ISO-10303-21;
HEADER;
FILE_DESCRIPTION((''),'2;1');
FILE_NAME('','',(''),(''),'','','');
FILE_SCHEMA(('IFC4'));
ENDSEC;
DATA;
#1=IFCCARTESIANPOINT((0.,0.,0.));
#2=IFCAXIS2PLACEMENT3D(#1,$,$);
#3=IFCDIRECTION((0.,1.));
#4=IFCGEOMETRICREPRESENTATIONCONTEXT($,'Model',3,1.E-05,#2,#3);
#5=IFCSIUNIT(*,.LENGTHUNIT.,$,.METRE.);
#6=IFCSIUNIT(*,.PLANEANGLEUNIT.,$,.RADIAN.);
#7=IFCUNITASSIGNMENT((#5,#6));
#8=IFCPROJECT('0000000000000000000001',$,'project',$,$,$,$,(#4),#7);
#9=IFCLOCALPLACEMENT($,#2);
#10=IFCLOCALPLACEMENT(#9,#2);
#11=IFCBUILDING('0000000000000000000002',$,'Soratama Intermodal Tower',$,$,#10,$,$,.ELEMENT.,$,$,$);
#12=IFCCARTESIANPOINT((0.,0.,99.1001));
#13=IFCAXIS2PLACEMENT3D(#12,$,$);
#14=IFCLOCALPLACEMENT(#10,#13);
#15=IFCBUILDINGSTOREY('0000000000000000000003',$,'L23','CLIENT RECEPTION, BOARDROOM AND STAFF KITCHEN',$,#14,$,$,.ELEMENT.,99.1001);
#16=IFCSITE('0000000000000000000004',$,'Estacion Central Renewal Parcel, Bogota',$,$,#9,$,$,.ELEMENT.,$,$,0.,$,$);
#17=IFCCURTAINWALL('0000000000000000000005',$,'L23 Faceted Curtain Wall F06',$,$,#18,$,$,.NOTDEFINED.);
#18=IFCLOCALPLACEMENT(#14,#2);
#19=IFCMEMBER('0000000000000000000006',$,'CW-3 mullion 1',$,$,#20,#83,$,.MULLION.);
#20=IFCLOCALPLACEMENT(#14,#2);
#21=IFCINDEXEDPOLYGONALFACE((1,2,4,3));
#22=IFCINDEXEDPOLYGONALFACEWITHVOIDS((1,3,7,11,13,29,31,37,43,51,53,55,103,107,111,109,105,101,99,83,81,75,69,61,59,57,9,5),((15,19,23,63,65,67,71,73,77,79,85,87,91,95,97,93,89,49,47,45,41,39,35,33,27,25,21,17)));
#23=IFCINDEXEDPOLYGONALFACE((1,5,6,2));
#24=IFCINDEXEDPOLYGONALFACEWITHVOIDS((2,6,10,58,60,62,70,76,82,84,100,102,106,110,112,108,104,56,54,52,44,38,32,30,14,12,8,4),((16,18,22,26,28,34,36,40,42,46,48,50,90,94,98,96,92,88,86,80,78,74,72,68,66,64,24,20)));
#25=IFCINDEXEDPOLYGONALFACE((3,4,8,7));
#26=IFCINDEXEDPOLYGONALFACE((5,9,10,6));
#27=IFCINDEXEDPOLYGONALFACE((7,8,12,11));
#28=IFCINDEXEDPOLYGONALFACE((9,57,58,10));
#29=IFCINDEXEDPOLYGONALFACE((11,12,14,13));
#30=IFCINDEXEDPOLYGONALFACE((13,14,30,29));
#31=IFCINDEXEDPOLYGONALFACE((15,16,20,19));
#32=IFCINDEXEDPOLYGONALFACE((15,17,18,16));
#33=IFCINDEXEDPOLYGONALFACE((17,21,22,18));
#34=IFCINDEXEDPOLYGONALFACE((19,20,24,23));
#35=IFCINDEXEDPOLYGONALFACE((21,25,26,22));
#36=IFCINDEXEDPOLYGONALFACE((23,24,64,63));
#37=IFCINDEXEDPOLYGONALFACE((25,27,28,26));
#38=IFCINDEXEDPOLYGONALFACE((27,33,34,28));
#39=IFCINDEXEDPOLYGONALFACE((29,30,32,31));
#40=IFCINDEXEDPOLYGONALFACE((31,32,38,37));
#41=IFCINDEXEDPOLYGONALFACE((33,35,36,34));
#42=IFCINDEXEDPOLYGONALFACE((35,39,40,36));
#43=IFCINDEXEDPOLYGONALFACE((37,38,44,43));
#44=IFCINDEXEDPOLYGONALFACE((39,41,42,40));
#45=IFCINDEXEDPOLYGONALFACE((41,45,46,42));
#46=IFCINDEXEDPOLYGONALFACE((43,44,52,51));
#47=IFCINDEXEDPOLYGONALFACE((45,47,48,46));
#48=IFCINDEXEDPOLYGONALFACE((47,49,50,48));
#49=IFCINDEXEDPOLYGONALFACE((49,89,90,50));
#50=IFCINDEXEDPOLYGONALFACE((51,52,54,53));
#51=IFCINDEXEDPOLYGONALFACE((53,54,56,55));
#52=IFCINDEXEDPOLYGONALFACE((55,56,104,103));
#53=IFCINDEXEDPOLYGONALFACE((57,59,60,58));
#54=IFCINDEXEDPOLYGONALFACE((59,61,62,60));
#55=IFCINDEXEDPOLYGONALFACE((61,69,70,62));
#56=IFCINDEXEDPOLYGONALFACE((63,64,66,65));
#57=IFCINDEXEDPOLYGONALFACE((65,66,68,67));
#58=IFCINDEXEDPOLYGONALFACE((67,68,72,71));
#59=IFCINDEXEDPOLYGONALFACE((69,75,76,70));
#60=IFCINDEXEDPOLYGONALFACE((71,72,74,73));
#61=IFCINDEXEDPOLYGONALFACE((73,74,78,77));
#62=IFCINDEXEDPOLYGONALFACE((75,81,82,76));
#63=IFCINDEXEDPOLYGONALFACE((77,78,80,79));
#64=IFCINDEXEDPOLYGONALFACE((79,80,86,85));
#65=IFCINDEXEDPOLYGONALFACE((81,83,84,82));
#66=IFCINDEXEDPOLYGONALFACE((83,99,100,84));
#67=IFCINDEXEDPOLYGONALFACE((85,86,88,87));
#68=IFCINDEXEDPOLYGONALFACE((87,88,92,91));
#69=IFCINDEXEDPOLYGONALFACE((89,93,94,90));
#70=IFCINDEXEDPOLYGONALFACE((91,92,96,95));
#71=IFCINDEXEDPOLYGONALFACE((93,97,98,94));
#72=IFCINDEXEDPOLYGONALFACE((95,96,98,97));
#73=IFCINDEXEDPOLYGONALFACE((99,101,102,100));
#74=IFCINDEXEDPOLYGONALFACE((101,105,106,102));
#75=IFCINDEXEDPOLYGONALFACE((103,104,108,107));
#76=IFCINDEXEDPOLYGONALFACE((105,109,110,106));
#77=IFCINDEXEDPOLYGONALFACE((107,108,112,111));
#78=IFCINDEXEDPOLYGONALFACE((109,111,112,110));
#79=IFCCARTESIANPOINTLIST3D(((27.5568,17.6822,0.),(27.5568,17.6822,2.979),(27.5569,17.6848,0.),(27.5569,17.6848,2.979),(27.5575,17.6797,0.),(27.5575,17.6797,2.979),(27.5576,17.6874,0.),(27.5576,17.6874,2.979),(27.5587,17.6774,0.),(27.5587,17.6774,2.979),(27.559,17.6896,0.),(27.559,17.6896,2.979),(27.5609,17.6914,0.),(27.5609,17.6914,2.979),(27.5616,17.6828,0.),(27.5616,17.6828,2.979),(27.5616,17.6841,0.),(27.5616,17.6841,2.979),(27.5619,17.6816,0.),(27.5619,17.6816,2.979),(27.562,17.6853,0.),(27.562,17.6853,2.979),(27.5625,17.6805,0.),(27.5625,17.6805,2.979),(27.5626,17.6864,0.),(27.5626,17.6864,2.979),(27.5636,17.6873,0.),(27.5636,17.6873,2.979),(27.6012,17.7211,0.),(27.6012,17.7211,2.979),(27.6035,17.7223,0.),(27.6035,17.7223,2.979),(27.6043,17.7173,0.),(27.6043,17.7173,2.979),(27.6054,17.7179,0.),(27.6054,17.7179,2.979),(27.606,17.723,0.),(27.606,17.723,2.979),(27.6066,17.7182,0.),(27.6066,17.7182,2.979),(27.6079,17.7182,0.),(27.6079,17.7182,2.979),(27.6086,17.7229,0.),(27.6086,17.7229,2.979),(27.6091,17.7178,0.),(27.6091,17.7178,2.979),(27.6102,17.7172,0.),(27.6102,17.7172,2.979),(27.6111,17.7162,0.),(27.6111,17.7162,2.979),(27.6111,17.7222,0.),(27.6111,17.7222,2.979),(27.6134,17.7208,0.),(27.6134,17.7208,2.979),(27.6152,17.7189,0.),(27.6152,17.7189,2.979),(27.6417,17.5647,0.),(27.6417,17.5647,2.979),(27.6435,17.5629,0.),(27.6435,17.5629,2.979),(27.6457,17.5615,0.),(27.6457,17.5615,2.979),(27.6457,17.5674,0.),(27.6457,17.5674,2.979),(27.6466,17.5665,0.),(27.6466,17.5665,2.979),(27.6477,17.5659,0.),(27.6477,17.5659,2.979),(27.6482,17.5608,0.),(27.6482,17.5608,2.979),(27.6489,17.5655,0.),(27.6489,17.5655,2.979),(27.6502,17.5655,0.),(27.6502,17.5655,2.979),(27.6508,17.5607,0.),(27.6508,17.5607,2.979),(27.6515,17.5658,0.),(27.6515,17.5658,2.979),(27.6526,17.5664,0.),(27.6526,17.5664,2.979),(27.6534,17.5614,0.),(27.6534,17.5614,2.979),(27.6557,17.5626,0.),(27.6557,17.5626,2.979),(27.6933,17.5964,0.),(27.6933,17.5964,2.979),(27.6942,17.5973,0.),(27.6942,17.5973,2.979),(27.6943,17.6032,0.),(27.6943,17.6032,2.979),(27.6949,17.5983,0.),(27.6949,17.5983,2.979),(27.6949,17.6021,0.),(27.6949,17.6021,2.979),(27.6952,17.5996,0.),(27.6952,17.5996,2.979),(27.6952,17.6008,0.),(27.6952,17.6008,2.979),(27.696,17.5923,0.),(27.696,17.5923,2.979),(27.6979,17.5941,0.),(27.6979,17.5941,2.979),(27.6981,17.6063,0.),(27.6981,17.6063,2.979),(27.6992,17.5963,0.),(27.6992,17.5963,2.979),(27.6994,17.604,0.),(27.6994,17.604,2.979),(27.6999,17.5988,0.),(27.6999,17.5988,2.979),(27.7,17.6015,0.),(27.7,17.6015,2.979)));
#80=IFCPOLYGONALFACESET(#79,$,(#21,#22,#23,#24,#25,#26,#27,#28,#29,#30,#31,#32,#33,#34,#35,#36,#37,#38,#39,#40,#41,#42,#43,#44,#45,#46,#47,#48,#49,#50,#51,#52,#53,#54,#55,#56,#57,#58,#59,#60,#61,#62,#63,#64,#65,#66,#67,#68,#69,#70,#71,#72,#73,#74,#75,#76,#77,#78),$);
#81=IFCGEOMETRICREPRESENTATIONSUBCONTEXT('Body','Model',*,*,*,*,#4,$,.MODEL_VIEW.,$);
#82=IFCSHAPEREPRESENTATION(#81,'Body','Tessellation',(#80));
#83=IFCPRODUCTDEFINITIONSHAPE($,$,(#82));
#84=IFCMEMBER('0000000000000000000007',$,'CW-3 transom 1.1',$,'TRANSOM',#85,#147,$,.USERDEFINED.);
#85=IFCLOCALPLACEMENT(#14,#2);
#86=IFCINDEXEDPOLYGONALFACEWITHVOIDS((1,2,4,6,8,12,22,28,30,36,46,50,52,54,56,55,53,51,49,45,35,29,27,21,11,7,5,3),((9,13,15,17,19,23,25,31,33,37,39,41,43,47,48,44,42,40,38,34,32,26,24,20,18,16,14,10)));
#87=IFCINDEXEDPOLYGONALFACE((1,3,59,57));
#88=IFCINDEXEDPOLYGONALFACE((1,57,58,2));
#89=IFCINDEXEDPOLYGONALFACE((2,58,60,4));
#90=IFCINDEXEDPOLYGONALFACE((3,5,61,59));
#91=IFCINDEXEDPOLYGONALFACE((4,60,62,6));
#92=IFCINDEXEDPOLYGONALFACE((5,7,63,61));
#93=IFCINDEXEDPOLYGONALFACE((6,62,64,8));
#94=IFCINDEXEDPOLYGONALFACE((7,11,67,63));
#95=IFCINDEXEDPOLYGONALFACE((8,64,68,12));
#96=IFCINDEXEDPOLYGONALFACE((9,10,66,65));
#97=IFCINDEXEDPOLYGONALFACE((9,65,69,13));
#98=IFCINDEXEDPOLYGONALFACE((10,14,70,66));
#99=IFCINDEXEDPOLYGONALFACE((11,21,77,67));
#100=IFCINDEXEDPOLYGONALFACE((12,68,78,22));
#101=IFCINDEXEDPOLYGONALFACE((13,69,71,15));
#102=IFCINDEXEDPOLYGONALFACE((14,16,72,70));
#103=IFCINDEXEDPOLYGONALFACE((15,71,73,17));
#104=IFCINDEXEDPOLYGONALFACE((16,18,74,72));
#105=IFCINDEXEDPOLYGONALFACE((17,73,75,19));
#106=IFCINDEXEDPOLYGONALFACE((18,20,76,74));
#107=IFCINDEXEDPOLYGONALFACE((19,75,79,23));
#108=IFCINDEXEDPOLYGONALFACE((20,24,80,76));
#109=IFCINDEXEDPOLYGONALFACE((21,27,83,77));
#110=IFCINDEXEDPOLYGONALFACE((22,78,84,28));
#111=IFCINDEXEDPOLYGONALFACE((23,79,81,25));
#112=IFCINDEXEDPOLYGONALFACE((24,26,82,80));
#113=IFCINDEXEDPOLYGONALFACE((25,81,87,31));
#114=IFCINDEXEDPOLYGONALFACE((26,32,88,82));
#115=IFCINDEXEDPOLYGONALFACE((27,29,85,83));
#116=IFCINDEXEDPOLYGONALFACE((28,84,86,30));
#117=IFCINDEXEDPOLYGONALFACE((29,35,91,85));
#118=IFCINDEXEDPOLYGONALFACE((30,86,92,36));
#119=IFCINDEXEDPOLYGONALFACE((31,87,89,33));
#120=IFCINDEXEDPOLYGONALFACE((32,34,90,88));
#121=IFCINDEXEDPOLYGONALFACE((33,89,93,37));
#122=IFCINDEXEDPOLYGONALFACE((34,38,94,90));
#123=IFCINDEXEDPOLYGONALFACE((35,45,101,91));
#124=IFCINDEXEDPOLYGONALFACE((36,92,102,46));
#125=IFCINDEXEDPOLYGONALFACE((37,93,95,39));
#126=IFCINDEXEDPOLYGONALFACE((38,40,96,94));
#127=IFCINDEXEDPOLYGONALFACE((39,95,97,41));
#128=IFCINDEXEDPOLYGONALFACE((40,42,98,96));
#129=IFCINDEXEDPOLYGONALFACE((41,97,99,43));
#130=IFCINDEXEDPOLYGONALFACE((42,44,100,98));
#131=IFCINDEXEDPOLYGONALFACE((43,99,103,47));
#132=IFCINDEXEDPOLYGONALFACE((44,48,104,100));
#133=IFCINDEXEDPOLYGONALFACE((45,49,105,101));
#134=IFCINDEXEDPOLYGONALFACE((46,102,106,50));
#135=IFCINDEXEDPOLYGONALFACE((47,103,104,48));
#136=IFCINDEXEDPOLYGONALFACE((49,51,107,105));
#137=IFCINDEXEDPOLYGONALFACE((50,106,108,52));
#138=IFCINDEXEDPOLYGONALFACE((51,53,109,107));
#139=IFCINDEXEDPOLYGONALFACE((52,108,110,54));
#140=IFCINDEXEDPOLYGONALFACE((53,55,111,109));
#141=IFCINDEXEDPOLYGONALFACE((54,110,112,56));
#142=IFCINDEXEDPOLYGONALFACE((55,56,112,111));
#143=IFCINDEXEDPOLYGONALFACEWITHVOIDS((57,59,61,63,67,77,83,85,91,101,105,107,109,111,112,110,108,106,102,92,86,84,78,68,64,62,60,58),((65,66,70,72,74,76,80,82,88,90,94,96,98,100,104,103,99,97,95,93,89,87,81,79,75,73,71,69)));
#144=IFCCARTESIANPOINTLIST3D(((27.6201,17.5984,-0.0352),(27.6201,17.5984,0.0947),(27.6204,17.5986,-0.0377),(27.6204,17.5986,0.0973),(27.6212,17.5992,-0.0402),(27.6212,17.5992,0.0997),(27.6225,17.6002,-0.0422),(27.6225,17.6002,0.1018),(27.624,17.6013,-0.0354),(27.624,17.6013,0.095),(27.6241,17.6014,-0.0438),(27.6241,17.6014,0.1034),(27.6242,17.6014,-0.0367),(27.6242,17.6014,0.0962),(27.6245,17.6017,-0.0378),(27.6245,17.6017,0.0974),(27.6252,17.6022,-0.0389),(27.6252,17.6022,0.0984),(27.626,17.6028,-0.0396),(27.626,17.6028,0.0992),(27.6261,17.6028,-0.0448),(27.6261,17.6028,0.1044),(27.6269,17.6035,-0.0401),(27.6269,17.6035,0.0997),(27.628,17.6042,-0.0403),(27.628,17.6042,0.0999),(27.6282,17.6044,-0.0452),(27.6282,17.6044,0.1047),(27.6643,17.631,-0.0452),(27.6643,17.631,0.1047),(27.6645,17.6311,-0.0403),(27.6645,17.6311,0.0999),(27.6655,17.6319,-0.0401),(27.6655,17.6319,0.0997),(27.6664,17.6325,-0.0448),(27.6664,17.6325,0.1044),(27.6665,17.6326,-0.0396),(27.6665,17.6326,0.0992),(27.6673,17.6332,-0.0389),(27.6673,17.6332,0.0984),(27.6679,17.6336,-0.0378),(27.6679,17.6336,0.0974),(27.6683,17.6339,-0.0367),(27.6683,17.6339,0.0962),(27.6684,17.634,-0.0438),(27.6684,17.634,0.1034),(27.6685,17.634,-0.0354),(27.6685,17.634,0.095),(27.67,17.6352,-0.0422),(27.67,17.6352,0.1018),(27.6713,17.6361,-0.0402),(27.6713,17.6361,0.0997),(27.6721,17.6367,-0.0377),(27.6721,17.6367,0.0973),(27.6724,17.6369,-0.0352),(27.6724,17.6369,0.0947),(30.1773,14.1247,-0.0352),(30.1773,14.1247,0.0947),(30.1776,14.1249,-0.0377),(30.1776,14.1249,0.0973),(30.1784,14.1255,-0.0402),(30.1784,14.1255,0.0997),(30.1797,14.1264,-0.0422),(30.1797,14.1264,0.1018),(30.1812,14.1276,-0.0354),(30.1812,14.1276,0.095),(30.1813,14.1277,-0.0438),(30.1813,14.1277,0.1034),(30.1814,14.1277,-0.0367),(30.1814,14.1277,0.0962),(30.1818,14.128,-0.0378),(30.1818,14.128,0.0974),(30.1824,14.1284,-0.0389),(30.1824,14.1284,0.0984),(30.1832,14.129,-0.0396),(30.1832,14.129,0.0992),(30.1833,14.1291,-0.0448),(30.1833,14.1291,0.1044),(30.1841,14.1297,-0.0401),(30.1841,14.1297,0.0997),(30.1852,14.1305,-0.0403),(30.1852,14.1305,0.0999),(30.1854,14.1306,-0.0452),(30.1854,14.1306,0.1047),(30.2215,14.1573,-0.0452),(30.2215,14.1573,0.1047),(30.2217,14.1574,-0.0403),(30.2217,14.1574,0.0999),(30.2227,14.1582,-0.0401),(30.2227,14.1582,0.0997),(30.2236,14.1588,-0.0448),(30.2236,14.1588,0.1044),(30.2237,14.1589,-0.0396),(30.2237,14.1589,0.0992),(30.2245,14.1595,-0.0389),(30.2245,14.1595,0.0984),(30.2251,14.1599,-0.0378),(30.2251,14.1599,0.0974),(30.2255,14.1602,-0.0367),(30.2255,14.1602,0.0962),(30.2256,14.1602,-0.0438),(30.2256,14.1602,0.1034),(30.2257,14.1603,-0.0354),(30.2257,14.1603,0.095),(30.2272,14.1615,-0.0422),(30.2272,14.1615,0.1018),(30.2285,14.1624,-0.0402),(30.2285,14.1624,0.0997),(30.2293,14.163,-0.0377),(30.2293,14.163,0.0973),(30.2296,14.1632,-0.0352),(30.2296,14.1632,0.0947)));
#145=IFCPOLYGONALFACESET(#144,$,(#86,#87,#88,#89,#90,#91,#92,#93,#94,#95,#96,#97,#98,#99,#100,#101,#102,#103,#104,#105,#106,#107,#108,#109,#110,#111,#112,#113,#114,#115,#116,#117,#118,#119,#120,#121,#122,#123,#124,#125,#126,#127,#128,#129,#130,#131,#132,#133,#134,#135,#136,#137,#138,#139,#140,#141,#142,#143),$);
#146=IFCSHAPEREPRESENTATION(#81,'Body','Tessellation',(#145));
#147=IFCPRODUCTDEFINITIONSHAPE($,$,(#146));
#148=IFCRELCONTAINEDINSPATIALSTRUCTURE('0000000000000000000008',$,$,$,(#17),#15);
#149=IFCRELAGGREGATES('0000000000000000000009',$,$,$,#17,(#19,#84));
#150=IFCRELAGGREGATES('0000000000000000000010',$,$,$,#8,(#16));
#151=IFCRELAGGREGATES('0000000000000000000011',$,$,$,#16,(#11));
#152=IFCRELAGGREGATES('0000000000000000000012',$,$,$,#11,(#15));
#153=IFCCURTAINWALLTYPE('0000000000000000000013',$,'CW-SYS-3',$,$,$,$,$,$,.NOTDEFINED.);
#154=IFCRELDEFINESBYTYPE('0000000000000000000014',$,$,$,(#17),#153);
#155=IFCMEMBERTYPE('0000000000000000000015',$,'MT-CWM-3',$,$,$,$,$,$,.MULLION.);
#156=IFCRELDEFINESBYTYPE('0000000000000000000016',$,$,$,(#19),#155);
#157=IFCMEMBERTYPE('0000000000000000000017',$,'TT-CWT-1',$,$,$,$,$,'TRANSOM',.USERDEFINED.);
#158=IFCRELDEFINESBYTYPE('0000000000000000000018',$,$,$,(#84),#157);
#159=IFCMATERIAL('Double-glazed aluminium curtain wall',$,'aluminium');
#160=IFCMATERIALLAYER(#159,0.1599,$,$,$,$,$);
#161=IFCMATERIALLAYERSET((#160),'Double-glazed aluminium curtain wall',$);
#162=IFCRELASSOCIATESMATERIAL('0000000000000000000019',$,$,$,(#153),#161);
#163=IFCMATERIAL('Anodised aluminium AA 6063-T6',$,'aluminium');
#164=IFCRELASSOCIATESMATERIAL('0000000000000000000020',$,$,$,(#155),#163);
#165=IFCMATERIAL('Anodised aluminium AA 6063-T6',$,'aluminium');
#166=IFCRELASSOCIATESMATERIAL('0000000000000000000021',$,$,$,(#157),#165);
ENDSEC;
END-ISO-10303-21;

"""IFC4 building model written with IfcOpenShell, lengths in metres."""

from ifc_helpers import new_model, si_unit, direction, frame, origin, origin_2d, place, context, subcontext, project, spatial, hollow_rectangle, extrude, material, layer, layer_set, material_profile, profile_set, type_object, element, aggregate, save


model = new_model("IFC4")

# Units and contexts
model_context = context("Model", 3, precision=1e-05, world=origin(), true_north=direction((0.0, 1.0)))
body_context = subcontext(model_context, "Body", "Model", "MODEL_VIEW")
ifc_project = project(units=[si_unit("LENGTHUNIT", "METRE"), si_unit("PLANEANGLEUNIT", "RADIAN")], contexts=[model_context])

# Site, building, storey
site_placement = place(None, origin())
site = spatial("IfcSite", under=ifc_project, at=site_placement, Name="Estacion Central Renewal Parcel, Bogota", CompositionType="ELEMENT", RefElevation=0.0)
building_placement = place(site_placement, origin())
building = spatial("IfcBuilding", under=site, at=building_placement, Name="Soratama Intermodal Tower", CompositionType="ELEMENT")
storey_placement = place(building_placement, frame((0.0, 0.0, 99.1001)))
storey = spatial("IfcBuildingStorey", under=building, at=storey_placement, Name="L23", Description="CLIENT RECEPTION, BOARDROOM AND STAFF KITCHEN", CompositionType="ELEMENT", Elevation=99.1001)

# Curtain wall, members
ifc_material_1 = material(Name="Double-glazed aluminium curtain wall", Category="aluminium")
ifc_layer_1 = layer(ifc_material_1, 0.1599)
ifc_layer_set_1 = layer_set([ifc_layer_1], Name="Double-glazed aluminium curtain wall")
curtain_wall_type = type_object("IfcCurtainWallType", Name="CW-SYS-3", PredefinedType="NOTDEFINED", material=ifc_layer_set_1)
curtain_wall_placement = place(storey_placement, origin())
curtain_wall = element("IfcCurtainWall", 1, at=curtain_wall_placement, inside=storey, type_object=curtain_wall_type, Name="L23 Faceted Curtain Wall F06", PredefinedType="NOTDEFINED")
ifc_material_2 = material(Name="Anodised aluminium AA 6063-T6", Category="aluminium")
ifc_material_profile_1 = material_profile(ifc_material_2, hollow_rectangle(XDim=0.0701, YDim=0.1599, WallThickness=0.0049, InnerFilletRadius=0.0049, OuterFilletRadius=0.01, at=origin_2d()), Name="CWM160X70X5")
ifc_profile_set_1 = profile_set([ifc_material_profile_1], Name="Anodised aluminium AA 6063-T6")
member_type_1 = type_object("IfcMemberType", Name="MT-CWM-3", PredefinedType="MULLION", material=ifc_profile_set_1)
member_1_placement = place(storey_placement, frame((27.6284, 17.6418, 0.0), z_axis=(0.0, 0.0, 1.0), x_axis=(0.80531, 0.592854, 0.0)))
member_1 = element("IfcMember", 2, at=member_1_placement, type_object=member_type_1, Name="CW-3 mullion 1", PredefinedType="MULLION", context=body_context, shape_type="SweptSolid", body=[
    extrude(hollow_rectangle(XDim=0.0701, YDim=0.1599, WallThickness=0.0049, InnerFilletRadius=0.0049, OuterFilletRadius=0.01, at=origin_2d()), origin(), (0.0, 0.0, 1.0), 2.979),
])
ifc_material_3 = material(Name="Anodised aluminium AA 6063-T6", Category="aluminium")
ifc_material_profile_2 = material_profile(ifc_material_3, hollow_rectangle(XDim=0.0649, YDim=0.1499, WallThickness=0.0049, InnerFilletRadius=0.0049, OuterFilletRadius=0.01, at=origin_2d()), Name="CWT150X65X5")
ifc_profile_set_2 = profile_set([ifc_material_profile_2], Name="Anodised aluminium AA 6063-T6")
member_type_2 = type_object("IfcMemberType", Name="TT-CWT-1", ElementType="TRANSOM", PredefinedType="USERDEFINED", material=ifc_profile_set_2)
member_2_placement = place(storey_placement, frame((27.6462, 17.6177, 0.0298), z_axis=(0.59284, -0.80532, 0.0), x_axis=(0.80532, 0.59284, 0.0)))
member_2 = element("IfcMember", 3, at=member_2_placement, type_object=member_type_2, Name="CW-3 transom 1.1", ObjectType="TRANSOM", PredefinedType="USERDEFINED", context=body_context, shape_type="SweptSolid", body=[
    extrude(hollow_rectangle(XDim=0.0649, YDim=0.1499, WallThickness=0.0049, InnerFilletRadius=0.0049, OuterFilletRadius=0.01, at=origin_2d()), origin(), (0.0, 0.0, 1.0), 4.3135),
])
aggregate(curtain_wall, [member_1, member_2])

save(model, "model.ifc")
